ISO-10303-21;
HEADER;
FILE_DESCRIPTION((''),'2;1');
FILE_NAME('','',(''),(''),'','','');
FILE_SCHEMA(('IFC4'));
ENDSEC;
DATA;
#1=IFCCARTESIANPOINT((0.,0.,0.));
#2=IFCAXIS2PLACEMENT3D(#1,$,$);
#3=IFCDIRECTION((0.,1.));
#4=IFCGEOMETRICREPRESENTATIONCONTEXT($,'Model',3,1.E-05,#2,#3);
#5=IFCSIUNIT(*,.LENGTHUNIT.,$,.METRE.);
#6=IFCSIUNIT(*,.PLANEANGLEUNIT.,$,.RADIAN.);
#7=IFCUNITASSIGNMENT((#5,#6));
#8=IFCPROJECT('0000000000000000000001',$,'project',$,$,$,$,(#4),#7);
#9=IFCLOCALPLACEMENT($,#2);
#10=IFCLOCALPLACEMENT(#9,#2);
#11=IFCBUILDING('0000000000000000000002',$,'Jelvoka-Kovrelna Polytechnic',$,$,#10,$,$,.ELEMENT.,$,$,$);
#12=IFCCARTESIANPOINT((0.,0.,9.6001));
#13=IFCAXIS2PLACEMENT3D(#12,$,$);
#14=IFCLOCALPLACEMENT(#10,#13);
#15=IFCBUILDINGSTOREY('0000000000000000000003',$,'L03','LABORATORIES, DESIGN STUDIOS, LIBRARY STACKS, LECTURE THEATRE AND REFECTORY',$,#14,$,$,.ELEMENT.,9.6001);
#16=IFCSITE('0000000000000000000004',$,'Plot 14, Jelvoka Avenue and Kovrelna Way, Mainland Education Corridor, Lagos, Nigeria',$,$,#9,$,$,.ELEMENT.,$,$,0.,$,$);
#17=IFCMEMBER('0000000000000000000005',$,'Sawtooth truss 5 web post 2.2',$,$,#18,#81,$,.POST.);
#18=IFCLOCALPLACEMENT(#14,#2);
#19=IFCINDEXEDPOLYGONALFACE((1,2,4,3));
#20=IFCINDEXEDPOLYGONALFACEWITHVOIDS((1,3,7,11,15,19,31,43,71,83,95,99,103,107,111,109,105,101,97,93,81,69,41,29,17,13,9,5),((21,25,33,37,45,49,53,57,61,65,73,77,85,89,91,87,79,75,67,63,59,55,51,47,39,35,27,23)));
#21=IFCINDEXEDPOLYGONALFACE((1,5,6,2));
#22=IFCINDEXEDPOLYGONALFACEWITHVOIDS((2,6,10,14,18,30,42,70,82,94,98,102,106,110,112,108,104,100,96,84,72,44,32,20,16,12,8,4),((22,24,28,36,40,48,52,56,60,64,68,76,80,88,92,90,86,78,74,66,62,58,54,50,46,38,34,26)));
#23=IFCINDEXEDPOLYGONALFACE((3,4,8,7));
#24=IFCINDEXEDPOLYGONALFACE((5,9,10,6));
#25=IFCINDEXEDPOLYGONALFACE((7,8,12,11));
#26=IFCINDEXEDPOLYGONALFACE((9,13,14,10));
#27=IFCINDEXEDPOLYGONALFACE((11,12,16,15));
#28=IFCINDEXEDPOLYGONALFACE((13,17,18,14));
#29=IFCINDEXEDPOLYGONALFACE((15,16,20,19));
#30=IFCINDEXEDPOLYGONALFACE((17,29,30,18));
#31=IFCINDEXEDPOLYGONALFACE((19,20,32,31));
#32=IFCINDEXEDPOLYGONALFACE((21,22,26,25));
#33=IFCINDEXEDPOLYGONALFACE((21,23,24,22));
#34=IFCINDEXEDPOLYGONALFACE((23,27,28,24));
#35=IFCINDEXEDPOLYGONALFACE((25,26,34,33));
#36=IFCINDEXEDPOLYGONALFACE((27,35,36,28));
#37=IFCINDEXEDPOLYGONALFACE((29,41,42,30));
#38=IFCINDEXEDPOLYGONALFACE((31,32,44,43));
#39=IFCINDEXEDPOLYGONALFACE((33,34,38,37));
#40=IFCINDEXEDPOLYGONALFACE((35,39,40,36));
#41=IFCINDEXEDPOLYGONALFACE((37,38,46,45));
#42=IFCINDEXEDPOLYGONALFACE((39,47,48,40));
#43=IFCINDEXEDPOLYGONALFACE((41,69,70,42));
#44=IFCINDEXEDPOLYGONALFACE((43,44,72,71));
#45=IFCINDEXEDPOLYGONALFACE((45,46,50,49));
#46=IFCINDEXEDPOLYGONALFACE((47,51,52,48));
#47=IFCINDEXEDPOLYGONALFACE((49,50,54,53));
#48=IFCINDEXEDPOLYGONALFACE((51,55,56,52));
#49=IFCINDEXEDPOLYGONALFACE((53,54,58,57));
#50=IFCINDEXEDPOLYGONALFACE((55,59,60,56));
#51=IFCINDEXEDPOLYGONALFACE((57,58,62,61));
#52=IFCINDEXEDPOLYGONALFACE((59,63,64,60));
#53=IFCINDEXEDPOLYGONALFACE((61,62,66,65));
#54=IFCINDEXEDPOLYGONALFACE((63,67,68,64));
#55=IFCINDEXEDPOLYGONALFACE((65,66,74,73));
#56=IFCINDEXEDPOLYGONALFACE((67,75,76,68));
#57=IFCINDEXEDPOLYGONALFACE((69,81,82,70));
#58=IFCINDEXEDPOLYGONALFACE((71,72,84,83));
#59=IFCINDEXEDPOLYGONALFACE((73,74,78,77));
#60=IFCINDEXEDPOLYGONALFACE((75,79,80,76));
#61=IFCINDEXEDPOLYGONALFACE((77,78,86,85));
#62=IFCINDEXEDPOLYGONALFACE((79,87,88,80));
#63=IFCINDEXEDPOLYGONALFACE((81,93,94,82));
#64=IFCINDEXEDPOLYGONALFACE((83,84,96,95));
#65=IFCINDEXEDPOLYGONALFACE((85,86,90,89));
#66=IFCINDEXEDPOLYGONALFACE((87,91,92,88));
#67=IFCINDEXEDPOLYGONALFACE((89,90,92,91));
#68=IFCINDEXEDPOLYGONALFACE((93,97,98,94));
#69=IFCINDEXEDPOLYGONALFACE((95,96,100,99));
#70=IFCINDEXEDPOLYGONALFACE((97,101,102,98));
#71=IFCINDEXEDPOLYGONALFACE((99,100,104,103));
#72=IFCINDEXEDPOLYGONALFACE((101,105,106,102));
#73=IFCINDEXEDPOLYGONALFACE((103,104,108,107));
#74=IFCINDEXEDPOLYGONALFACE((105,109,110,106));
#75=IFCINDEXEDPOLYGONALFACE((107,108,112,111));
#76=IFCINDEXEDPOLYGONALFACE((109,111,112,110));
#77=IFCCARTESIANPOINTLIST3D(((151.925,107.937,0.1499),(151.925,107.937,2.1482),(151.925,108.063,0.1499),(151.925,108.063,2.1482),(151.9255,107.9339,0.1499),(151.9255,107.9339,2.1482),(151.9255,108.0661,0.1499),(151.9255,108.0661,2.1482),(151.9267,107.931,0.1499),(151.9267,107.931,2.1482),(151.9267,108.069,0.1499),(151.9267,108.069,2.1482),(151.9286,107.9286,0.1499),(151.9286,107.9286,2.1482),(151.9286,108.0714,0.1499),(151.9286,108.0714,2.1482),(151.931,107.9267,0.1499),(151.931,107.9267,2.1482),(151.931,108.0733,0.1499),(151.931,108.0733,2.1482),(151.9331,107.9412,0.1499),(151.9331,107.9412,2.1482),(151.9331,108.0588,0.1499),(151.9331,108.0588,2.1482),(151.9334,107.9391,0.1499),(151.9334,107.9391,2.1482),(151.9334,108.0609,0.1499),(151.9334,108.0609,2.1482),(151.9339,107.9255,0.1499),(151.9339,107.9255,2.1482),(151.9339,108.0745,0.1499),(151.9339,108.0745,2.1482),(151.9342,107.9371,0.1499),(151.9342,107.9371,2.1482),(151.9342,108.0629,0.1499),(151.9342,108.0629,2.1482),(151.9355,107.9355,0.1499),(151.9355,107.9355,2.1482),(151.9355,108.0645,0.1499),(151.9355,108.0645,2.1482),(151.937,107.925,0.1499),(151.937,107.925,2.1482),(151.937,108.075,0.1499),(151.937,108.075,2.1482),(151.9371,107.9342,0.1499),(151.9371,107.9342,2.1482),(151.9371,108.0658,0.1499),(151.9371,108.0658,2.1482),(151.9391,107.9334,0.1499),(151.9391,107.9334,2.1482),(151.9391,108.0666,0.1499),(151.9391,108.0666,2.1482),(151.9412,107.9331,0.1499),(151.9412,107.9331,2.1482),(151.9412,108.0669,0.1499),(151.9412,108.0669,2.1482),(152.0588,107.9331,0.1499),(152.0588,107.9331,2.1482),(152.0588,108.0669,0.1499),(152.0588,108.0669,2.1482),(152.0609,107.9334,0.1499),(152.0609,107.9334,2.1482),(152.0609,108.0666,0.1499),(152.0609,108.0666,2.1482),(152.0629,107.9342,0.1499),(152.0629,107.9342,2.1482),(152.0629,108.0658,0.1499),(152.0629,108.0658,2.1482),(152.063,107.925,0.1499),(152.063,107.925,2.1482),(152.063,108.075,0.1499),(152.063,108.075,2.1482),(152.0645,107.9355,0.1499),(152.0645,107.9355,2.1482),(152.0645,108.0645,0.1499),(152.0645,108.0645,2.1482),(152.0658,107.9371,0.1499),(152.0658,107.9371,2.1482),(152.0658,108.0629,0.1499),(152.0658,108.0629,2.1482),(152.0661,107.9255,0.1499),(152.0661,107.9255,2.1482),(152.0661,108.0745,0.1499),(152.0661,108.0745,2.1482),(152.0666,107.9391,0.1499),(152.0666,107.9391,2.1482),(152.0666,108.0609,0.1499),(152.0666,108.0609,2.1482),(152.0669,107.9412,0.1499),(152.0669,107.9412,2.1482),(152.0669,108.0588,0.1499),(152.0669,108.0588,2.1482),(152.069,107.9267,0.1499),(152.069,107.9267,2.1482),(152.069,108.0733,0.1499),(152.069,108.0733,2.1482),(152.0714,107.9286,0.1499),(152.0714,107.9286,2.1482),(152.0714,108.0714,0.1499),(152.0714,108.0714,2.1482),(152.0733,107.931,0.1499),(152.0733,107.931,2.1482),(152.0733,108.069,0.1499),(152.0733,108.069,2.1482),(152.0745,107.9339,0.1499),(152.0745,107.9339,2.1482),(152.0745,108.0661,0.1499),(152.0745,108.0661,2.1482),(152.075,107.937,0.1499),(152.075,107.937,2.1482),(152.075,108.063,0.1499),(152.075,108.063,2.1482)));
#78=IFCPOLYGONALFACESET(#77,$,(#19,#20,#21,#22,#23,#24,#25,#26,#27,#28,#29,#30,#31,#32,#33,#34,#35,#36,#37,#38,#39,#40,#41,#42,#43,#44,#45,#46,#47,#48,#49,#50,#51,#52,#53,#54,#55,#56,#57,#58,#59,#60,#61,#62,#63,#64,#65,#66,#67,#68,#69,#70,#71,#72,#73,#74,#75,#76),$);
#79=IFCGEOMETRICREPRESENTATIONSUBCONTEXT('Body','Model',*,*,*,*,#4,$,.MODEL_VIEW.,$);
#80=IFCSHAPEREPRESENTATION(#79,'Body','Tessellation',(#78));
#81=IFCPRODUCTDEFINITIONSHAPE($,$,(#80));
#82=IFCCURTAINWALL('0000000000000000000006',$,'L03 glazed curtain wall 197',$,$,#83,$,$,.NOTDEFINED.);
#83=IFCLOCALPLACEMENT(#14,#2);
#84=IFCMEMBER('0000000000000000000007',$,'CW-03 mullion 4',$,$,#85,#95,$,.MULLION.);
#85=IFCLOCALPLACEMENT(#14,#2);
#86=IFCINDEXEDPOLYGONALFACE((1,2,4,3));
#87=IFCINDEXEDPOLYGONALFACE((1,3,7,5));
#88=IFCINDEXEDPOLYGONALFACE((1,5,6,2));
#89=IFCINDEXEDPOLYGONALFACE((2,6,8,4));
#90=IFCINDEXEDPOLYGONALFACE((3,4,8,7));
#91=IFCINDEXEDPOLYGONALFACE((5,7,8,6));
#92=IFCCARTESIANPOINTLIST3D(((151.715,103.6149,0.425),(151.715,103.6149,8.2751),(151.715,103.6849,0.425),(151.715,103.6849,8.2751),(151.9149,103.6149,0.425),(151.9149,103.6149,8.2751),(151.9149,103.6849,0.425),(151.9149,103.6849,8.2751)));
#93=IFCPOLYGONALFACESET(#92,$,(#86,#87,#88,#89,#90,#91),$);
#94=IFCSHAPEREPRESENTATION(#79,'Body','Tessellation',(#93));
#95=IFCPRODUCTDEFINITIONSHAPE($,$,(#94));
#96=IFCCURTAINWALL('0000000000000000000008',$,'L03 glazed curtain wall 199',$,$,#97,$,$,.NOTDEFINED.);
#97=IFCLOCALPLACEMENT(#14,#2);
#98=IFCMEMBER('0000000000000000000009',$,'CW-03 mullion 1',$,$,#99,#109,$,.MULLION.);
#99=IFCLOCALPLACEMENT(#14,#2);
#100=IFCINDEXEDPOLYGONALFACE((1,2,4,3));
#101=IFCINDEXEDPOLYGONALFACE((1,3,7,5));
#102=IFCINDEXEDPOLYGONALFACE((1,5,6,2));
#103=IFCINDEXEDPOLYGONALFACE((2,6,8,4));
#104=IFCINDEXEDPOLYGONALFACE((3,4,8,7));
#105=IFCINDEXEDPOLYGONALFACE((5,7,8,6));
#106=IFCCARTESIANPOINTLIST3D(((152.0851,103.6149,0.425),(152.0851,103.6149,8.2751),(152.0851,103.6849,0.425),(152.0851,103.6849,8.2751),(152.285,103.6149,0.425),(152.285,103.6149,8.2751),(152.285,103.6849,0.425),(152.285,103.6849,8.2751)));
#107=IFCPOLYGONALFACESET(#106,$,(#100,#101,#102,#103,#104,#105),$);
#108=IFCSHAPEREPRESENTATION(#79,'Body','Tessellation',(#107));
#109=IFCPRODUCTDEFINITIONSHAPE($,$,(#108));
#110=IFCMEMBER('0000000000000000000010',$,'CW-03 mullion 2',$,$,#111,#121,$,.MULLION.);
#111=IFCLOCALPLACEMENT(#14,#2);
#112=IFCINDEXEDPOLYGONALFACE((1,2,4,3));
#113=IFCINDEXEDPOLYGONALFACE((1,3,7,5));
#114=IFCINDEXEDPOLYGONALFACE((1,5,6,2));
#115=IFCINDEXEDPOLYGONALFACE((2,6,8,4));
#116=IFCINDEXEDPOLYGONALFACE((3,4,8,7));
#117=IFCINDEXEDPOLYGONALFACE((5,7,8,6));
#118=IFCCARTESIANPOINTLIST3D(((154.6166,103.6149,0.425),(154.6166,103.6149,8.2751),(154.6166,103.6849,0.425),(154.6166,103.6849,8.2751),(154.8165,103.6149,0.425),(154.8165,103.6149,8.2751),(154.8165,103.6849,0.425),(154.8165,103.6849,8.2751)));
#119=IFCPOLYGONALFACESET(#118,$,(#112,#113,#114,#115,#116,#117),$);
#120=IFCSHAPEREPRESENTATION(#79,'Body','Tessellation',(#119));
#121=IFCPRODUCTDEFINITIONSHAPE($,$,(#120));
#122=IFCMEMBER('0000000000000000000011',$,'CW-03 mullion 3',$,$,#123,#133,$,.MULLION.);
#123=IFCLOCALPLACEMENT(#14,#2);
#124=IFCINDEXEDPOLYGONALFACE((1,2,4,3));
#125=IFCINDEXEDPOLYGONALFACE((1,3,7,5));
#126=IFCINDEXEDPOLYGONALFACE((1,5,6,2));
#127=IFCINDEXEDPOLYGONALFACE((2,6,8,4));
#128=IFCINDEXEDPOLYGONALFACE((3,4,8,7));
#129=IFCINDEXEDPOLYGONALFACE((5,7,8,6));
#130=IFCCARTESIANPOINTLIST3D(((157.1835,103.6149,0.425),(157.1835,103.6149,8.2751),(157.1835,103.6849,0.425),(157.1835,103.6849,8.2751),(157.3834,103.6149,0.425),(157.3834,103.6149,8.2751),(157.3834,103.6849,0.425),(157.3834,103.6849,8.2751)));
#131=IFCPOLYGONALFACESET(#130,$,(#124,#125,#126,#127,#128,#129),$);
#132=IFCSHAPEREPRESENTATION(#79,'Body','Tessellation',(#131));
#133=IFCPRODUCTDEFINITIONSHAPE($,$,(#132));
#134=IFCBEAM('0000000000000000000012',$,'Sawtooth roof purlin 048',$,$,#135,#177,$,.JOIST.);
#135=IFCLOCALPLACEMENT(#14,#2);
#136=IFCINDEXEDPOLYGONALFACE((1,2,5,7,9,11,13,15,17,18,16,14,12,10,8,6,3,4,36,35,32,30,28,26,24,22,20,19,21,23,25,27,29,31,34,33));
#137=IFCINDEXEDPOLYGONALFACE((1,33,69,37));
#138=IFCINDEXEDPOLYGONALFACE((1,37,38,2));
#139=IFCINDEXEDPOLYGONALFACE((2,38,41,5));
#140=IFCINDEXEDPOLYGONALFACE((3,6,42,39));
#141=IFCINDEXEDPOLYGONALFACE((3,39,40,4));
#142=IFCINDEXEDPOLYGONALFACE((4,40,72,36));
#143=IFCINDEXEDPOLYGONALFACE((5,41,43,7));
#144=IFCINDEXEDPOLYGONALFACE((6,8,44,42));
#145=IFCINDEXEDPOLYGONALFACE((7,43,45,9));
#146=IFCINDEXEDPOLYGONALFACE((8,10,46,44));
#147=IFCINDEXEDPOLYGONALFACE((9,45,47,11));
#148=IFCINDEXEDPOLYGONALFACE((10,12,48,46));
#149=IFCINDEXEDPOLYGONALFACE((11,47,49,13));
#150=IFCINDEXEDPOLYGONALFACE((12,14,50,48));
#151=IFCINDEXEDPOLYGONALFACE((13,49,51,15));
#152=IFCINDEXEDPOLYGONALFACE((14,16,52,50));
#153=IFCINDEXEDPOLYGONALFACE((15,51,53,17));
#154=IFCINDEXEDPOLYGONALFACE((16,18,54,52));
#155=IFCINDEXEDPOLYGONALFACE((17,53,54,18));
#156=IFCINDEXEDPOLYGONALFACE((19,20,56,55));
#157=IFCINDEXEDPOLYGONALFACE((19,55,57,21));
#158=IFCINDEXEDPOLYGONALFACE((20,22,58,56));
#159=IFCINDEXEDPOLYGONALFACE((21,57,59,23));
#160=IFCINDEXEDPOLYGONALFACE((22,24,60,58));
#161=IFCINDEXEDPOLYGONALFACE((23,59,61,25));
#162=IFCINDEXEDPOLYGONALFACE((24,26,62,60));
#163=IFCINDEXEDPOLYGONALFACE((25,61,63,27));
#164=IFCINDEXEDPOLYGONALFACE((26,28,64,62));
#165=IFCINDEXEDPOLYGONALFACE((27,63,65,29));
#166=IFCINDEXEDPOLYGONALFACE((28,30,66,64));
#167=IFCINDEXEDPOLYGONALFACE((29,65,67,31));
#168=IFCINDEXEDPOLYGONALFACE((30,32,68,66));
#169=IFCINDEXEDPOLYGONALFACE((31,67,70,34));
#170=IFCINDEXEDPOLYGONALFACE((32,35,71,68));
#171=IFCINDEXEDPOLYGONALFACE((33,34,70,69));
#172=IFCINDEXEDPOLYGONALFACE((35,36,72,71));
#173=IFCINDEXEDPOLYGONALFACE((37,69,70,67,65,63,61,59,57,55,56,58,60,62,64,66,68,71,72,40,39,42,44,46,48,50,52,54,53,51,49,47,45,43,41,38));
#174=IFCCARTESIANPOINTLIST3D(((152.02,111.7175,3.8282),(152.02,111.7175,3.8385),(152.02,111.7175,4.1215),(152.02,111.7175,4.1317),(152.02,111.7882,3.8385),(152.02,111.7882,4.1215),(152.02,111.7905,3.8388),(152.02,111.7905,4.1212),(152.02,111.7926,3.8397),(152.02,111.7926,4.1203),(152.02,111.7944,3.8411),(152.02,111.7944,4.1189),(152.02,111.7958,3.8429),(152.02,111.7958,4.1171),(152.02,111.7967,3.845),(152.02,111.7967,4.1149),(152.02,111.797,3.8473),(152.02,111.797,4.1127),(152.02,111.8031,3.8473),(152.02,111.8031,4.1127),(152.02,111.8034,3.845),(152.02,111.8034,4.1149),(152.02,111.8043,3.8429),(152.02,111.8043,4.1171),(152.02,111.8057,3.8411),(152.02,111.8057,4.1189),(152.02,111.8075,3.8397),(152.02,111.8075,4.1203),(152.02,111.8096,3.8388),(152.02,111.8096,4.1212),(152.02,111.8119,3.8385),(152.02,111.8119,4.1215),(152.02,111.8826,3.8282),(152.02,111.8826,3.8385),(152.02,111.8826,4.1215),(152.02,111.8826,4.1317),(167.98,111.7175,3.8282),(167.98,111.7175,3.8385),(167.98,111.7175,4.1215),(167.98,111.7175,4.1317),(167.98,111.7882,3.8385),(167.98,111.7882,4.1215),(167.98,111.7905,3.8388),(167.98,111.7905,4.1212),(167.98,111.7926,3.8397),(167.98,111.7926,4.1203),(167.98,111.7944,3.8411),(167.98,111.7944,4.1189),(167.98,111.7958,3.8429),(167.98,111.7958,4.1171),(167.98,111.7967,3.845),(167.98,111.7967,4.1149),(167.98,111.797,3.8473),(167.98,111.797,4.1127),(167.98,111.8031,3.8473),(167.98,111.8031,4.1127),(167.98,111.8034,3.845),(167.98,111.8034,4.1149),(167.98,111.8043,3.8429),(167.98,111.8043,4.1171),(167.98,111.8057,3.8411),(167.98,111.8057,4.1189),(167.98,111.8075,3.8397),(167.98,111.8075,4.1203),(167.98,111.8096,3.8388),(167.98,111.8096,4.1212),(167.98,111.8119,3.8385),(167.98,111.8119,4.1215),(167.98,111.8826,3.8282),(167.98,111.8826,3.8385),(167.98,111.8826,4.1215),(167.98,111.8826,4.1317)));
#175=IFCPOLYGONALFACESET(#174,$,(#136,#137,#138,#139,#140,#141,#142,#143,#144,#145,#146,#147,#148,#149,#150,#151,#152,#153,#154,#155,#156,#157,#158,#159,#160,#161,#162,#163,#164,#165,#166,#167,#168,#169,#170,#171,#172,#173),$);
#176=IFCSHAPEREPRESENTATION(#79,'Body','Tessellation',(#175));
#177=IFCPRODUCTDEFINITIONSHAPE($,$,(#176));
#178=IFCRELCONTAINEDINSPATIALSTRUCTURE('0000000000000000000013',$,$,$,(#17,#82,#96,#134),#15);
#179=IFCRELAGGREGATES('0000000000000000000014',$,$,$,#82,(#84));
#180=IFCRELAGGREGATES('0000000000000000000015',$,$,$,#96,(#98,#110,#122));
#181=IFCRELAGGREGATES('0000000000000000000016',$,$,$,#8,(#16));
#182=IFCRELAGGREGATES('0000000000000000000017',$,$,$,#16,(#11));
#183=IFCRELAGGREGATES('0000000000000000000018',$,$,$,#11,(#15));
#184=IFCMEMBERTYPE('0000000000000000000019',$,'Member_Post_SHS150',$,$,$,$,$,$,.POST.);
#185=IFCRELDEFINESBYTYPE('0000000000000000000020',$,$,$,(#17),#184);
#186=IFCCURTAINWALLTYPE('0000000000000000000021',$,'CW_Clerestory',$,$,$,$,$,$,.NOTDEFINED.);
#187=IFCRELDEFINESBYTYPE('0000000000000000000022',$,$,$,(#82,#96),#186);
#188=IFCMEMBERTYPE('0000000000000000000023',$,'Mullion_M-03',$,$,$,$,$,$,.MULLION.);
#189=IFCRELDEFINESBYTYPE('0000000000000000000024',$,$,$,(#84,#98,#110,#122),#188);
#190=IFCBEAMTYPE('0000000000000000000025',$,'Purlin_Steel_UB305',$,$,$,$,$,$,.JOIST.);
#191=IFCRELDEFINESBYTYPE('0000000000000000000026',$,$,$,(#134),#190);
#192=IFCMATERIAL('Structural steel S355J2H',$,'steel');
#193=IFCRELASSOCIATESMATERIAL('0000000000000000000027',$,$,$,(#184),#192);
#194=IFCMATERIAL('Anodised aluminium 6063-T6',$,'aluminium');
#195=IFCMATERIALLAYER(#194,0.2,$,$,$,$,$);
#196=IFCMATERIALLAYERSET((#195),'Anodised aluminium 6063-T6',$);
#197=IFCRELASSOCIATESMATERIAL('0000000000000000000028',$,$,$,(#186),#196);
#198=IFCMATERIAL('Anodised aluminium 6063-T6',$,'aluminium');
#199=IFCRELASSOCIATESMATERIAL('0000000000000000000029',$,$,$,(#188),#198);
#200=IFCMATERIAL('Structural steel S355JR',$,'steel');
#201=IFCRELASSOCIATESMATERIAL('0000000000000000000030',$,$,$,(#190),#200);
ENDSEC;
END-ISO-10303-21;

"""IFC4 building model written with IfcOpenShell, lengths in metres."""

from ifc_helpers import new_model, si_unit, direction, frame, origin, origin_2d, place, context, subcontext, project, spatial, rectangle, hollow_rectangle, i_section, extrude, material, layer, layer_set, material_profile, profile_set, type_object, element, aggregate, save


model = new_model("IFC4")

# Units and contexts
model_context = context("Model", 3, precision=1e-05, world=origin(), true_north=direction((0.0, 1.0)))
body_context = subcontext(model_context, "Body", "Model", "MODEL_VIEW")
ifc_project = project(units=[si_unit("LENGTHUNIT", "METRE"), si_unit("PLANEANGLEUNIT", "RADIAN")], contexts=[model_context])

# Site, building, storey
site_placement = place(None, origin())
site = spatial("IfcSite", under=ifc_project, at=site_placement, Name="Plot 14, Jelvoka Avenue and Kovrelna Way, Mainland Education Corridor, Lagos, Nigeria", CompositionType="ELEMENT", RefElevation=0.0)
building_placement = place(site_placement, origin())
building = spatial("IfcBuilding", under=site, at=building_placement, Name="Jelvoka-Kovrelna Polytechnic", CompositionType="ELEMENT")
storey_placement = place(building_placement, frame((0.0, 0.0, 9.6001)))
storey = spatial("IfcBuildingStorey", under=building, at=storey_placement, Name="L03", Description="LABORATORIES, DESIGN STUDIOS, LIBRARY STACKS, LECTURE THEATRE AND REFECTORY", CompositionType="ELEMENT", Elevation=9.6001)

# Member
ifc_material_1 = material(Name="Structural steel S355J2H", Category="steel")
ifc_material_profile_1 = material_profile(ifc_material_1, hollow_rectangle(XDim=0.1499, YDim=0.1499, WallThickness=0.0081, InnerFilletRadius=0.0081, OuterFilletRadius=0.012, at=origin_2d()), Name="150x150x8.0 SHS")
ifc_profile_set_1 = profile_set([ifc_material_profile_1], Name="Structural steel S355J2H")
member_type_1 = type_object("IfcMemberType", Name="Member_Post_SHS150", PredefinedType="POST", material=ifc_profile_set_1)
member_1_placement = place(storey_placement, frame((152.0, 108.0, 0.1499), z_axis=(0.0, 0.0, 1.0), x_axis=(1.0, 0.0, 0.0)))
element("IfcMember", 1, at=member_1_placement, inside=storey, type_object=member_type_1, Name="Sawtooth truss 5 web post 2.2", PredefinedType="POST", context=body_context, shape_type="SweptSolid", body=[
    extrude(hollow_rectangle(XDim=0.1499, YDim=0.1499, WallThickness=0.0081, InnerFilletRadius=0.0081, OuterFilletRadius=0.012, at=origin_2d()), origin(), (0.0, 0.0, 1.0), 1.9983),
])

# Curtain wall, member
ifc_material_2 = material(Name="Anodised aluminium 6063-T6", Category="aluminium")
ifc_layer_1 = layer(ifc_material_2, 0.2)
ifc_layer_set_1 = layer_set([ifc_layer_1], Name="Anodised aluminium 6063-T6")
curtain_wall_type = type_object("IfcCurtainWallType", Name="CW_Clerestory", PredefinedType="NOTDEFINED", material=ifc_layer_set_1)
curtain_wall_1_placement = place(storey_placement, origin())
curtain_wall_1 = element("IfcCurtainWall", 2, at=curtain_wall_1_placement, inside=storey, type_object=curtain_wall_type, Name="L03 glazed curtain wall 197", PredefinedType="NOTDEFINED")
ifc_material_3 = material(Name="Anodised aluminium 6063-T6", Category="aluminium")
ifc_material_profile_2 = material_profile(ifc_material_3, rectangle(XDim=0.0701, YDim=0.2, at=origin_2d()), Name="ALU 70x200")
ifc_profile_set_2 = profile_set([ifc_material_profile_2], Name="Anodised aluminium 6063-T6")
member_type_2 = type_object("IfcMemberType", Name="Mullion_M-03", PredefinedType="MULLION", material=ifc_profile_set_2)
member_2_placement = place(storey_placement, frame((151.8149, 103.6499, 0.425), z_axis=(0.0, 0.0, 1.0), x_axis=(0.0, 1.0, 0.0)))
member_2 = element("IfcMember", 3, at=member_2_placement, type_object=member_type_2, Name="CW-03 mullion 4", PredefinedType="MULLION", context=body_context, shape_type="SweptSolid", body=[
    extrude(rectangle(XDim=0.0701, YDim=0.2, at=origin_2d()), origin(), (0.0, 0.0, 1.0), 7.8501),
])
aggregate(curtain_wall_1, [member_2])

# Curtain wall, members
curtain_wall_2_placement = place(storey_placement, origin())
curtain_wall_2 = element("IfcCurtainWall", 4, at=curtain_wall_2_placement, inside=storey, type_object=curtain_wall_type, Name="L03 glazed curtain wall 199", PredefinedType="NOTDEFINED")
member_3_placement = place(storey_placement, frame((152.1851, 103.6499, 0.425), z_axis=(0.0, 0.0, 1.0), x_axis=(0.0, 1.0, 0.0)))
member_3 = element("IfcMember", 5, at=member_3_placement, type_object=member_type_2, Name="CW-03 mullion 1", PredefinedType="MULLION", context=body_context, shape_type="SweptSolid", body=[
    extrude(rectangle(XDim=0.0701, YDim=0.2, at=origin_2d()), origin(), (0.0, 0.0, 1.0), 7.8501),
])
member_4_placement = place(storey_placement, frame((154.7166, 103.6499, 0.425), z_axis=(0.0, 0.0, 1.0), x_axis=(0.0, 1.0, 0.0)))
member_4 = element("IfcMember", 6, at=member_4_placement, type_object=member_type_2, Name="CW-03 mullion 2", PredefinedType="MULLION", context=body_context, shape_type="SweptSolid", body=[
    extrude(rectangle(XDim=0.0701, YDim=0.2, at=origin_2d()), origin(), (0.0, 0.0, 1.0), 7.8501),
])
member_5_placement = place(storey_placement, frame((157.2834, 103.6499, 0.425), z_axis=(0.0, 0.0, 1.0), x_axis=(0.0, 1.0, 0.0)))
member_5 = element("IfcMember", 7, at=member_5_placement, type_object=member_type_2, Name="CW-03 mullion 3", PredefinedType="MULLION", context=body_context, shape_type="SweptSolid", body=[
    extrude(rectangle(XDim=0.0701, YDim=0.2, at=origin_2d()), origin(), (0.0, 0.0, 1.0), 7.8501),
])

# Beam
ifc_material_4 = material(Name="Structural steel S355JR", Category="steel")
ifc_material_profile_3 = material_profile(ifc_material_4, i_section(OverallWidth=0.165, OverallDepth=0.3035, WebThickness=0.0061, FlangeThickness=0.0103, FilletRadius=0.0088, at=origin_2d()), Name="305x165x40 UB")
ifc_profile_set_3 = profile_set([ifc_material_profile_3], Name="Structural steel S355JR")
beam_type_1 = type_object("IfcBeamType", Name="Purlin_Steel_UB305", PredefinedType="JOIST", material=ifc_profile_set_3)
beam_1_placement = place(storey_placement, frame((152.02, 111.8, 3.98), z_axis=(1.0, 0.0, 0.0), x_axis=(0.0, 1.0, 0.0)))
element("IfcBeam", 8, at=beam_1_placement, inside=storey, type_object=beam_type_1, Name="Sawtooth roof purlin 048", PredefinedType="JOIST", context=body_context, shape_type="SweptSolid", body=[
    extrude(i_section(OverallWidth=0.165, OverallDepth=0.3035, WebThickness=0.0061, FlangeThickness=0.0103, FilletRadius=0.0088, at=origin_2d()), origin(), (0.0, 0.0, 1.0), 15.96),
])

aggregate(curtain_wall_2, [member_3, member_4, member_5])

save(model, "model.ifc")
